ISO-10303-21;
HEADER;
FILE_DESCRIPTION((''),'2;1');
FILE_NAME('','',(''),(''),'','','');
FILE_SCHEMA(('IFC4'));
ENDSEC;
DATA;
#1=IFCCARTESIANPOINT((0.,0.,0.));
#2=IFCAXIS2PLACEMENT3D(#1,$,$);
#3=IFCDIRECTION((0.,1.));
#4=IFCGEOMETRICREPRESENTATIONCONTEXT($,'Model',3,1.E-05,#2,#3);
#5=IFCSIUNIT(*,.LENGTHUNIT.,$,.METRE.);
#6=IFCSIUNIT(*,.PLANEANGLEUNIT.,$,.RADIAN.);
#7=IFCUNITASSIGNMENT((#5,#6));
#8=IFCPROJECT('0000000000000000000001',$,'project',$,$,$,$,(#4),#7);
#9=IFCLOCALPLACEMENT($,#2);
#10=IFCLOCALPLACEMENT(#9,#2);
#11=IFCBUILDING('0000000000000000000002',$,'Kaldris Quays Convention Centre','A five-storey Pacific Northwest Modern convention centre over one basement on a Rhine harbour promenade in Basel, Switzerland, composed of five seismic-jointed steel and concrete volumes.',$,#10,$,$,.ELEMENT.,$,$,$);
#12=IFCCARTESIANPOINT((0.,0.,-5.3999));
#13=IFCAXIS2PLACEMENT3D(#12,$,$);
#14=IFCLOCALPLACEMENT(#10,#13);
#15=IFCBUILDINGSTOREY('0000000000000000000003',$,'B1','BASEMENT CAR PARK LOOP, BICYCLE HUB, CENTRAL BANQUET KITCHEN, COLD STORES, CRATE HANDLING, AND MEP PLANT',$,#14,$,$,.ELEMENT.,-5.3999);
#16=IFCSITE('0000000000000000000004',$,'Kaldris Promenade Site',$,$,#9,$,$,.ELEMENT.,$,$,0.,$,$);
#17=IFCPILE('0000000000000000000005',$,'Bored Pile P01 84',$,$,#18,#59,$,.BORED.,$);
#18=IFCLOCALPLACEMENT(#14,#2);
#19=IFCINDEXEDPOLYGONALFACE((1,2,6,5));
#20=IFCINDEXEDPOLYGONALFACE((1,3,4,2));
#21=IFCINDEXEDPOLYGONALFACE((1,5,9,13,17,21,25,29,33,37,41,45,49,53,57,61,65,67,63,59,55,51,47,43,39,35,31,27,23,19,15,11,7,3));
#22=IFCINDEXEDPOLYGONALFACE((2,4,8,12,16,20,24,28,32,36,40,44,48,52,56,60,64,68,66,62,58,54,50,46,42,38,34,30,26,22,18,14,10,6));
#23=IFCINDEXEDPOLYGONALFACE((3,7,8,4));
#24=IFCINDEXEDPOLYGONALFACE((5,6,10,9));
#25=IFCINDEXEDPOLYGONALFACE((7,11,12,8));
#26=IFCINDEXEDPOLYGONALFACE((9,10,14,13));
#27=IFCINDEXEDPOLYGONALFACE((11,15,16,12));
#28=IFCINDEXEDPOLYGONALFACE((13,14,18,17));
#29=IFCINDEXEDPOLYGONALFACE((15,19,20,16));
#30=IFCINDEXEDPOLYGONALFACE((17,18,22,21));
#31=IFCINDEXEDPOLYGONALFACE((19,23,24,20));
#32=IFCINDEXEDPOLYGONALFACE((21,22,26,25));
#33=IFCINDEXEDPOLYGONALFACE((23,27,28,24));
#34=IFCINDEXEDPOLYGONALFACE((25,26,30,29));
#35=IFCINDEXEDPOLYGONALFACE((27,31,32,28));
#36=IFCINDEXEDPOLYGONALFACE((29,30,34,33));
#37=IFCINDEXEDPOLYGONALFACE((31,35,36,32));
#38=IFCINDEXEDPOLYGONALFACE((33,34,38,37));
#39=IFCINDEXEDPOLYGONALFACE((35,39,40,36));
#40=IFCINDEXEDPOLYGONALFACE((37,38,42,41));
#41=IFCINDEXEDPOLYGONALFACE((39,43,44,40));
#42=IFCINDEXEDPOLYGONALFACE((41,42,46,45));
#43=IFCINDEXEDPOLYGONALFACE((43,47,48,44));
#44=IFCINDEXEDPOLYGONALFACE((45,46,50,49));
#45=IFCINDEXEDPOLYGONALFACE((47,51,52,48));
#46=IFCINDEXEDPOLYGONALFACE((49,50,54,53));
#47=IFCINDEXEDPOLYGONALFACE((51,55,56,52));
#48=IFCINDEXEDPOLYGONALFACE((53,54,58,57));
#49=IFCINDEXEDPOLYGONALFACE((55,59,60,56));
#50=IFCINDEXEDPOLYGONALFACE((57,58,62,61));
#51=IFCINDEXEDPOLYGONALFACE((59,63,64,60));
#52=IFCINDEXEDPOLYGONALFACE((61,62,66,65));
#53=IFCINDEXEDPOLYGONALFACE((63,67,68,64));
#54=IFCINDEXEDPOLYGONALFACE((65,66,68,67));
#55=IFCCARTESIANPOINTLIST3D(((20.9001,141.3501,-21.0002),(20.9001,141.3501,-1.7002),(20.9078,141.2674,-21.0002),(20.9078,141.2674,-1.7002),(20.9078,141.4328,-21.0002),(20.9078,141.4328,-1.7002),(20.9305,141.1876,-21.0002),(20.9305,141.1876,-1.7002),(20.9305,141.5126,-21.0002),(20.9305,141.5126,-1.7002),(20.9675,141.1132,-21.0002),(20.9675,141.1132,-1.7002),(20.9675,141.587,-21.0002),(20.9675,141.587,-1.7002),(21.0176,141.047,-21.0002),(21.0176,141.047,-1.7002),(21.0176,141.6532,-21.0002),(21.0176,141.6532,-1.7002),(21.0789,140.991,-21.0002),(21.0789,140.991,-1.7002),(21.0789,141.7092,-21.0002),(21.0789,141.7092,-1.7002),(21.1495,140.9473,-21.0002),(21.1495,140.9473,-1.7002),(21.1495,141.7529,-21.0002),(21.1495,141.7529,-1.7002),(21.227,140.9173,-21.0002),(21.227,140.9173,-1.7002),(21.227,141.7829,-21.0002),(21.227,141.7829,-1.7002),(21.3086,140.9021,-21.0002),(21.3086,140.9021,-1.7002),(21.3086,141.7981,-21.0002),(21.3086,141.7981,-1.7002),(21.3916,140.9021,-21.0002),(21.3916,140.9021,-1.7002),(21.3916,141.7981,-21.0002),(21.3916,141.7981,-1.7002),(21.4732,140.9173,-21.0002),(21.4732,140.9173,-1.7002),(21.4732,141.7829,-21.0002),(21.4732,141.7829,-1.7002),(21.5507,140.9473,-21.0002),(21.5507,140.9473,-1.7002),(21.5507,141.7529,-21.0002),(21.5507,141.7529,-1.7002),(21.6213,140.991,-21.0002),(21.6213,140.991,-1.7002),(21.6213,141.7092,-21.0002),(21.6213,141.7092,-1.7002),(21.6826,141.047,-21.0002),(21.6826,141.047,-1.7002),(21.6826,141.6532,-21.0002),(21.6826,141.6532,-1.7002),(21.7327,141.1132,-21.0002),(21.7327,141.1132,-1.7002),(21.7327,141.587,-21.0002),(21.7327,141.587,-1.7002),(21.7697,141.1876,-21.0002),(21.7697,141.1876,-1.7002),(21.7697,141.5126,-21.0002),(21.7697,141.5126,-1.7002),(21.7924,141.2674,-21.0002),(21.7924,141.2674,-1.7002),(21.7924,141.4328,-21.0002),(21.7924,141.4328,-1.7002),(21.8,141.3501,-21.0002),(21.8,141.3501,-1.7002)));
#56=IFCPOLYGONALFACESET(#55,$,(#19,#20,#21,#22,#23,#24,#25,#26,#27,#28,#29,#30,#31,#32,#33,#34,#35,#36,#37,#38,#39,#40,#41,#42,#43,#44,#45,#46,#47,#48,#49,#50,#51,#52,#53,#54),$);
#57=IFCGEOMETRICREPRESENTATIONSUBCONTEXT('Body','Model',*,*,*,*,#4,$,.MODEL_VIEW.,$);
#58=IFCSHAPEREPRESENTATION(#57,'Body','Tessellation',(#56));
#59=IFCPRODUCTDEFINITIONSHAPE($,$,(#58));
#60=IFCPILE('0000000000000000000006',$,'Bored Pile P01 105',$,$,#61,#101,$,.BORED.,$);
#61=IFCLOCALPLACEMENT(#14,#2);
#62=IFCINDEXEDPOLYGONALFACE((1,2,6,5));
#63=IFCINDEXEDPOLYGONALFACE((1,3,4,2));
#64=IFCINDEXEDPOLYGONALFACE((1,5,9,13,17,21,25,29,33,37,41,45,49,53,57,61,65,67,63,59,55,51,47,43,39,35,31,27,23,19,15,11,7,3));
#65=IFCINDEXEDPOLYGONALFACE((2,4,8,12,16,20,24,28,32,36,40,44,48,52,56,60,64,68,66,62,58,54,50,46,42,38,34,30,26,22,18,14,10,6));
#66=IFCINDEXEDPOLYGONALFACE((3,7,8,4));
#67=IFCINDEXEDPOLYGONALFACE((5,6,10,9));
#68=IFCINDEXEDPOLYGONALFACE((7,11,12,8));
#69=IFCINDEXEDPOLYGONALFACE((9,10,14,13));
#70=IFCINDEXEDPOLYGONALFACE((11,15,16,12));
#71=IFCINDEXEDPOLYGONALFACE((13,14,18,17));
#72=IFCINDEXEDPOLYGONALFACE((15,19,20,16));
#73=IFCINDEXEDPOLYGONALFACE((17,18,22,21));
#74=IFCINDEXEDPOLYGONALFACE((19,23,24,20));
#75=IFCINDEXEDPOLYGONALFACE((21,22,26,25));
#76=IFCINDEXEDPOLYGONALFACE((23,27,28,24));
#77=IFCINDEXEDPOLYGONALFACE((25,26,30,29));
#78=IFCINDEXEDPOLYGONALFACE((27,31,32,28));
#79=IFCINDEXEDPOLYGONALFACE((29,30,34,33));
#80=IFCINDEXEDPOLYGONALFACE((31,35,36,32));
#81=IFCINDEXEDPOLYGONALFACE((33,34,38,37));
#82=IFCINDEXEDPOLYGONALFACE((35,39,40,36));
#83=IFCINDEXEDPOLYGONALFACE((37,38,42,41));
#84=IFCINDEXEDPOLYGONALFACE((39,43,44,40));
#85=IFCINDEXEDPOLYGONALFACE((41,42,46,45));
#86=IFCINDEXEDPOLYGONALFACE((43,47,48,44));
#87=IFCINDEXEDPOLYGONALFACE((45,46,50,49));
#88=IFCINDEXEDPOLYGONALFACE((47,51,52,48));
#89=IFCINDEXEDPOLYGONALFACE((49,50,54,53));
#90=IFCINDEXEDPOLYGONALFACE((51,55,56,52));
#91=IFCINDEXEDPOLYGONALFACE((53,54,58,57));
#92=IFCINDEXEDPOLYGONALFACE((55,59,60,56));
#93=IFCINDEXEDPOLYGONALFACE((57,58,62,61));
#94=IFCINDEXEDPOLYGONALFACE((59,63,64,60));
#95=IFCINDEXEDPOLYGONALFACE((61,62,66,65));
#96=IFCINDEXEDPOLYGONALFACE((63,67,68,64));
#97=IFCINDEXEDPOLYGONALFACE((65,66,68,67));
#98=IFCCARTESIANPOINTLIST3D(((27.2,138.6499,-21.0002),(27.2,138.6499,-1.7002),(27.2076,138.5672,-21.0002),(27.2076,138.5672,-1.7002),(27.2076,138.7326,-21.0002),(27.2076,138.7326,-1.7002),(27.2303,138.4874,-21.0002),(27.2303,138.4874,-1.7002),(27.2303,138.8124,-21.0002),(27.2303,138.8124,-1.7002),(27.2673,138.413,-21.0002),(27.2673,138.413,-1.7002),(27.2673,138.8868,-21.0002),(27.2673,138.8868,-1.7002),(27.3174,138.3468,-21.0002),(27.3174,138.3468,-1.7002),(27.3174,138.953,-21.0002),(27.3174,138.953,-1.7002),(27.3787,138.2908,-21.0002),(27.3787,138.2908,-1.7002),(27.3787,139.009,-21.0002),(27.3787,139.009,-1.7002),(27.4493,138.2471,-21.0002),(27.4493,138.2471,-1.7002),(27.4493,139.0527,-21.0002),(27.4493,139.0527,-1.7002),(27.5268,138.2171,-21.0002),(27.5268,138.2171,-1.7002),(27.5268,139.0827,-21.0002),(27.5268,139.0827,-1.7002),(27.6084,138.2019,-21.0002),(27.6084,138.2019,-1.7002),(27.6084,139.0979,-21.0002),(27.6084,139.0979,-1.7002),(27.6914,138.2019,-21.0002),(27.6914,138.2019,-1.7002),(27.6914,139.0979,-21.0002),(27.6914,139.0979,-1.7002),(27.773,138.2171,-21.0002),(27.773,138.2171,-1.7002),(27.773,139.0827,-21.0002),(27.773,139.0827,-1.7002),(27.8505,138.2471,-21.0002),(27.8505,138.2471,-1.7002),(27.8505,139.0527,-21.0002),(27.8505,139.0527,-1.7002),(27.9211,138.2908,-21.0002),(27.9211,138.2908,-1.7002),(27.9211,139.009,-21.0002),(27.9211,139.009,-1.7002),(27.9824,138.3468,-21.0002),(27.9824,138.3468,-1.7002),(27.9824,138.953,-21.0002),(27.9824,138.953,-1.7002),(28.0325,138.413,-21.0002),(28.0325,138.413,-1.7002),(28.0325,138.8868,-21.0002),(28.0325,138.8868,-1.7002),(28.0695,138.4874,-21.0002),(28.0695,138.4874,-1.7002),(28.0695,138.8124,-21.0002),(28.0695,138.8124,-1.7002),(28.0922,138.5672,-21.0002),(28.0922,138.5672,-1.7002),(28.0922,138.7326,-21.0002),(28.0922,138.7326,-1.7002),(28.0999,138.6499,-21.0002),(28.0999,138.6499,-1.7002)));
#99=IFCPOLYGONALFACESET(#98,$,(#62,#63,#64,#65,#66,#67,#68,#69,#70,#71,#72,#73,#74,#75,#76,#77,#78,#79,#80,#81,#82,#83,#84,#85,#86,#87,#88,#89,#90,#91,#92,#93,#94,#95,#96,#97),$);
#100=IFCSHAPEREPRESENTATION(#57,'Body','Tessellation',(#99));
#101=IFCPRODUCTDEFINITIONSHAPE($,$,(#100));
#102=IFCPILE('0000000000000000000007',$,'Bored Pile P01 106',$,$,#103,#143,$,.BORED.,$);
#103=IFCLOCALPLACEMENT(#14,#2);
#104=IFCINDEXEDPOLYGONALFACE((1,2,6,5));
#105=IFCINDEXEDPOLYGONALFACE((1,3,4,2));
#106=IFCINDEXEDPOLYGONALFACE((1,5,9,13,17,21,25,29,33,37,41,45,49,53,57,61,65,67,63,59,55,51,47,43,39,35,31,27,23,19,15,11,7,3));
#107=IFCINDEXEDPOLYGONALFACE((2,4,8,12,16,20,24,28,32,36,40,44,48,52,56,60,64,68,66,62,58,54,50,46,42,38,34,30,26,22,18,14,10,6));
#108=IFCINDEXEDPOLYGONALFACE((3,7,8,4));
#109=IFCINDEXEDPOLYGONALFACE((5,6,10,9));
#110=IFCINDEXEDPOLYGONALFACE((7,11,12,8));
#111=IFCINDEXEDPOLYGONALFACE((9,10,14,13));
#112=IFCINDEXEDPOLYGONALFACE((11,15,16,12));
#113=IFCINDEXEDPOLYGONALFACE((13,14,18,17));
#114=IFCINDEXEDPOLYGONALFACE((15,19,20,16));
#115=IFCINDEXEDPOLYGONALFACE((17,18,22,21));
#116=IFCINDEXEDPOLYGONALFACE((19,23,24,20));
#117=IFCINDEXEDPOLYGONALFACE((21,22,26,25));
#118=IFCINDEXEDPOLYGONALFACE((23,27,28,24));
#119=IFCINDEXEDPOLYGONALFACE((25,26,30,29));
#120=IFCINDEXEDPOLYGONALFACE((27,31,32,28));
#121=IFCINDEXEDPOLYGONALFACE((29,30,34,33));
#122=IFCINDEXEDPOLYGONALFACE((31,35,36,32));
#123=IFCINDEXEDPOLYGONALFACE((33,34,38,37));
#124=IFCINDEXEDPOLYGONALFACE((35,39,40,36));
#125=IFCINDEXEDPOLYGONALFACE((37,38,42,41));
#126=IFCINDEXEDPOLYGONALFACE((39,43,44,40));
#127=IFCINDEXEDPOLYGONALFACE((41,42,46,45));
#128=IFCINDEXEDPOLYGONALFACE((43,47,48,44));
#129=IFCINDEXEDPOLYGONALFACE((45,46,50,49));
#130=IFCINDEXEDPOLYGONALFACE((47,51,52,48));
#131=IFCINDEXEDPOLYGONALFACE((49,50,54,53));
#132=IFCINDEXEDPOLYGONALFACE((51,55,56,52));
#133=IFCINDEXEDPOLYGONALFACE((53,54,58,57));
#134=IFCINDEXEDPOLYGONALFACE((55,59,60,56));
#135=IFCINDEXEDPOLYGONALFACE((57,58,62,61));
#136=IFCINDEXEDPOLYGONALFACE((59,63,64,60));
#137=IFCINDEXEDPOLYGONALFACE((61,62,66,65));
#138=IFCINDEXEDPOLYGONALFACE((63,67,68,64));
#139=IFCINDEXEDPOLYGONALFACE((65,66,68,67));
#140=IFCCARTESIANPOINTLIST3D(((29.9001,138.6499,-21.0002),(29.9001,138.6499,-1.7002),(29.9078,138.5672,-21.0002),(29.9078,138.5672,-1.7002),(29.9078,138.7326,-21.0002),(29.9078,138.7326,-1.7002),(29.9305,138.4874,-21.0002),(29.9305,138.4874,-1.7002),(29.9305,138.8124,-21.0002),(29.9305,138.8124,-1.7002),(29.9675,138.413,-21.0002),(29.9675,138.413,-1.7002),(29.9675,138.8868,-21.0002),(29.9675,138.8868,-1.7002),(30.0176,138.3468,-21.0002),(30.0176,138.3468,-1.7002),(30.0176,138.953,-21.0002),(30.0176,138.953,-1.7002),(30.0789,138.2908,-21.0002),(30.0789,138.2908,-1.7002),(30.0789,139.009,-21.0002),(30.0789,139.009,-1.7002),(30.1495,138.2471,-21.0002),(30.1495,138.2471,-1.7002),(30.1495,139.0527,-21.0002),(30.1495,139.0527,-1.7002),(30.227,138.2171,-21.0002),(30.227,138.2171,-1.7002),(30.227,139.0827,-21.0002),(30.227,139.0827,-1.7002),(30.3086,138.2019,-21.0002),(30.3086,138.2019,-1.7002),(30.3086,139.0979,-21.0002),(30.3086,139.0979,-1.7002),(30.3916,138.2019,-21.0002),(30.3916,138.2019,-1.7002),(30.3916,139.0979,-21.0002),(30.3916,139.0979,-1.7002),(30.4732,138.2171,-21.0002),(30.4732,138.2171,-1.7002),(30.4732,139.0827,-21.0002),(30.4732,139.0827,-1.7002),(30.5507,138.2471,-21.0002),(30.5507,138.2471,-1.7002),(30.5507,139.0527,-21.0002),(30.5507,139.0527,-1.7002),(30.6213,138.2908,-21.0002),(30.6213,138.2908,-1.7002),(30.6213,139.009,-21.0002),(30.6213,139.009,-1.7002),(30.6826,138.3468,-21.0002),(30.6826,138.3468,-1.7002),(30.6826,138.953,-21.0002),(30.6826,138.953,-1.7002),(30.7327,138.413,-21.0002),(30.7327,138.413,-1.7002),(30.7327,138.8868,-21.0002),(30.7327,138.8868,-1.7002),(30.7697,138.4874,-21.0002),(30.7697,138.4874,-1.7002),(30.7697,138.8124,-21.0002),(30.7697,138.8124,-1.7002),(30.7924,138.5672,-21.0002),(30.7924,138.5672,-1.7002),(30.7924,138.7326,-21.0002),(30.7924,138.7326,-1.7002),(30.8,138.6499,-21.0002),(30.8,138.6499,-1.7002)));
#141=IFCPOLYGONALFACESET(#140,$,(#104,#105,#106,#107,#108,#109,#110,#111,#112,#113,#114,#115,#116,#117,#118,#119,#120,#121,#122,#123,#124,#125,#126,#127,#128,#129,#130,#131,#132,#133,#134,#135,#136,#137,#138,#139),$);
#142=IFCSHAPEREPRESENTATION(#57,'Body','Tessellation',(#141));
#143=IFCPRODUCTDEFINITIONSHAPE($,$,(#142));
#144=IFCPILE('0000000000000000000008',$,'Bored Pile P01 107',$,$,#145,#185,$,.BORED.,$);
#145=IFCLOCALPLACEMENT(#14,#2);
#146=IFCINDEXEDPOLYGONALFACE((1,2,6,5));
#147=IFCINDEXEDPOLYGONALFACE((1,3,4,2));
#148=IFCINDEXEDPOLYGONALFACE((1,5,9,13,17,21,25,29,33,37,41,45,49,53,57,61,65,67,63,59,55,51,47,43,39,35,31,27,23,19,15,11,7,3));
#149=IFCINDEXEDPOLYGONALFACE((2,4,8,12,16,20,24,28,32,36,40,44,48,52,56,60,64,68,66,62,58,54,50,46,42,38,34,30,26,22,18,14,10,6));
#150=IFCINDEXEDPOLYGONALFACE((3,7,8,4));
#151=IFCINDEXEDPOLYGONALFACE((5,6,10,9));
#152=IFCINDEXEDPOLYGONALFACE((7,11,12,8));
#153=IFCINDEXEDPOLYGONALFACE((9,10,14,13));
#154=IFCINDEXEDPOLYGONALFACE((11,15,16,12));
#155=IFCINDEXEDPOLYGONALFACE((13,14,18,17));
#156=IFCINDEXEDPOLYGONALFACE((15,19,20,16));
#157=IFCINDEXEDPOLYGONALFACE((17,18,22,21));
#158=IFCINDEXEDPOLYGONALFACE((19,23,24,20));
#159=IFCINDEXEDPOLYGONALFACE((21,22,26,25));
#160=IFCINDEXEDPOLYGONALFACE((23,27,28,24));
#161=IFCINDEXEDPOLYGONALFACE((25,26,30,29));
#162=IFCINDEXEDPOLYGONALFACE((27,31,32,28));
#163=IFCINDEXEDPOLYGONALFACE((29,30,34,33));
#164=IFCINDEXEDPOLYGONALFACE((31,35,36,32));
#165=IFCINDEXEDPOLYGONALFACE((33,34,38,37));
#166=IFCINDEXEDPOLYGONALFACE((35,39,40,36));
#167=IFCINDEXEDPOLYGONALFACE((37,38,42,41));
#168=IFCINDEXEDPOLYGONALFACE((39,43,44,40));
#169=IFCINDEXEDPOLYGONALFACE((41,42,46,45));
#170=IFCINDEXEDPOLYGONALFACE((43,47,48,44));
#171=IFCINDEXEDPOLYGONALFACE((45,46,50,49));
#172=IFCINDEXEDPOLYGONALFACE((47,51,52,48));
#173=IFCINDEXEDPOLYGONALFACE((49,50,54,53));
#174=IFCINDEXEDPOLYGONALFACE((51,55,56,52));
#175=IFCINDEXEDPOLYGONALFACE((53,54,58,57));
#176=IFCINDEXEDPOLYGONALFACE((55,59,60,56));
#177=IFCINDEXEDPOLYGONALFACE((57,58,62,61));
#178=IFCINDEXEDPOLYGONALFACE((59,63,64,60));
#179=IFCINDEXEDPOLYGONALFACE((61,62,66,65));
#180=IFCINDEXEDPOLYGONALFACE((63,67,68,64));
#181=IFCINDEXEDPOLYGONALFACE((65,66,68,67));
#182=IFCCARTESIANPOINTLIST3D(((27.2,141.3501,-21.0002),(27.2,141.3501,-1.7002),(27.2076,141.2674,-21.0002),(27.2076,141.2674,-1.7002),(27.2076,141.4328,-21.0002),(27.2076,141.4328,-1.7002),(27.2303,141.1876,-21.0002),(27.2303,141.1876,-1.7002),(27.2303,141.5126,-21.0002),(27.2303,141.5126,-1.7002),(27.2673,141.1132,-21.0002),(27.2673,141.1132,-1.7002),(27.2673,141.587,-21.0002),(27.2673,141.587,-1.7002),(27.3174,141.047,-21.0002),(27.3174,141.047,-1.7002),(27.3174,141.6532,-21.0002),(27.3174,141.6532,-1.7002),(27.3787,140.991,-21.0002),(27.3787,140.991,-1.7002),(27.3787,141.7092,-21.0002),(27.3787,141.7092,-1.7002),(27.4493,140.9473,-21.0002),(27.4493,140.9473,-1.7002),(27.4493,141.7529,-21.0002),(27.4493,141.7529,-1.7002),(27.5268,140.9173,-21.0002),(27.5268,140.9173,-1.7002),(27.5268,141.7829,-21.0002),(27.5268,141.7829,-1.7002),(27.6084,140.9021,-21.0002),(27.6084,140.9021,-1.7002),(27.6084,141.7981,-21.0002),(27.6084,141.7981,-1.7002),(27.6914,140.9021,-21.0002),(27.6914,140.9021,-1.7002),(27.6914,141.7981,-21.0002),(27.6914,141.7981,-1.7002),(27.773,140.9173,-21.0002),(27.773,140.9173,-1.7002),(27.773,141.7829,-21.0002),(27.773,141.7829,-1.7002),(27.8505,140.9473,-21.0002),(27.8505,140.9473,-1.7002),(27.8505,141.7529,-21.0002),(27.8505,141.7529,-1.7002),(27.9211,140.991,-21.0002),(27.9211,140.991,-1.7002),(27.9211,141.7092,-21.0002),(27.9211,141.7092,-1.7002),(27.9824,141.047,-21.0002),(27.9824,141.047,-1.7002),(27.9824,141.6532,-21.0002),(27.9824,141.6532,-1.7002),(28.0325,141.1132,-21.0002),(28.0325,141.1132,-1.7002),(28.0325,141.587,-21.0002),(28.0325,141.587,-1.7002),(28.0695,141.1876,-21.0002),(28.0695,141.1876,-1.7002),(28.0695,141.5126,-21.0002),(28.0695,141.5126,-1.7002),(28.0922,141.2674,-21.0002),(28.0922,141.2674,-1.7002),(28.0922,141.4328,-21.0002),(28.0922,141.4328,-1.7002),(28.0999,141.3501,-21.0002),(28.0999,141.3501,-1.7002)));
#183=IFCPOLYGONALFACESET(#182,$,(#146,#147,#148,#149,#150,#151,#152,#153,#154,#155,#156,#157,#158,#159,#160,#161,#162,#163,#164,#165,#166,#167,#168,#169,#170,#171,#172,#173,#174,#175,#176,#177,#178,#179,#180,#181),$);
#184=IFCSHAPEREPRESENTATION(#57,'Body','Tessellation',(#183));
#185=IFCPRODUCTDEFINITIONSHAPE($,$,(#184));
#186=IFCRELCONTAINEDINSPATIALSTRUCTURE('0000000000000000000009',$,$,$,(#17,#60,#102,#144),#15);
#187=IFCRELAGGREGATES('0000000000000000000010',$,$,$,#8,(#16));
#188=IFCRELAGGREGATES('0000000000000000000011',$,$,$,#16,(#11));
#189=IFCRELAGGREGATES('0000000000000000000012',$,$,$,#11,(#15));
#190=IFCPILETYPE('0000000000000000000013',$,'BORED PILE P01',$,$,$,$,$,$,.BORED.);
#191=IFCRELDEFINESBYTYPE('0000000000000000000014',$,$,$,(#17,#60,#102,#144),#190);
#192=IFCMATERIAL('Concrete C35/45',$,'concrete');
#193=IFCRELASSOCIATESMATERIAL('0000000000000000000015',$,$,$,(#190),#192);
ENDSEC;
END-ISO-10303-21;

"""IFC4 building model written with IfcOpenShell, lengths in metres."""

from ifc_helpers import new_model, si_unit, direction, frame, origin, origin_2d, place, context, subcontext, project, spatial, circle, extrude, material, material_profile, profile_set, type_object, element, save


model = new_model("IFC4")

# Units and contexts
model_context = context("Model", 3, precision=1e-05, world=origin(), true_north=direction((0.0, 1.0)))
body_context = subcontext(model_context, "Body", "Model", "MODEL_VIEW")
ifc_project = project(units=[si_unit("LENGTHUNIT", "METRE"), si_unit("PLANEANGLEUNIT", "RADIAN")], contexts=[model_context])

# Site, building, storey
site_placement = place(None, origin())
site = spatial("IfcSite", under=ifc_project, at=site_placement, Name="Kaldris Promenade Site", CompositionType="ELEMENT", RefElevation=0.0)
building_placement = place(site_placement, origin())
building = spatial("IfcBuilding", under=site, at=building_placement, Name="Kaldris Quays Convention Centre", Description="A five-storey Pacific Northwest Modern convention centre over one basement on a Rhine harbour promenade in Basel, Switzerland, composed of five seismic-jointed steel and concrete volumes.", CompositionType="ELEMENT")
storey_placement = place(building_placement, frame((0.0, 0.0, -5.3999)))
storey = spatial("IfcBuildingStorey", under=building, at=storey_placement, Name="B1", Description="BASEMENT CAR PARK LOOP, BICYCLE HUB, CENTRAL BANQUET KITCHEN, COLD STORES, CRATE HANDLING, AND MEP PLANT", CompositionType="ELEMENT", Elevation=-5.3999)

# Piles
ifc_material_1 = material(Name="Concrete C35/45", Category="concrete")
ifc_material_profile_1 = material_profile(ifc_material_1, circle(Radius=0.45, at=origin_2d()), Name="BORED PILE D900")
ifc_profile_set_1 = profile_set([ifc_material_profile_1], Name="Concrete C35/45")
pile_type = type_object("IfcPileType", Name="BORED PILE P01", PredefinedType="BORED", material=ifc_profile_set_1)
for number, where, z_axis, x_axis, name in (
    (1, (21.3501, 141.3501, -1.7002), (0.0, 0.0, -1.0), (1.0, 0.0, 0.0), "Bored Pile P01 84"),
    (2, (27.6499, 138.6499, -1.7002), (0.0, 0.0, -1.0), (1.0, 0.0, 0.0), "Bored Pile P01 105"),
    (3, (30.3501, 138.6499, -1.7002), (0.0, 0.0, -1.0), (1.0, 0.0, 0.0), "Bored Pile P01 106"),
    (4, (27.6499, 141.3501, -1.7002), (0.0, 0.0, -1.0), (1.0, 0.0, 0.0), "Bored Pile P01 107"),
):
    element("IfcPile", number, at=place(storey_placement, frame(where, z_axis=z_axis, x_axis=x_axis)), inside=storey, type_object=pile_type, Name=name, PredefinedType="BORED", context=body_context, shape_type="SweptSolid", body=[
        extrude(circle(Radius=0.45, at=origin_2d()), origin(), (0.0, 0.0, 1.0), 19.3),
    ])

save(model, "model.ifc")
